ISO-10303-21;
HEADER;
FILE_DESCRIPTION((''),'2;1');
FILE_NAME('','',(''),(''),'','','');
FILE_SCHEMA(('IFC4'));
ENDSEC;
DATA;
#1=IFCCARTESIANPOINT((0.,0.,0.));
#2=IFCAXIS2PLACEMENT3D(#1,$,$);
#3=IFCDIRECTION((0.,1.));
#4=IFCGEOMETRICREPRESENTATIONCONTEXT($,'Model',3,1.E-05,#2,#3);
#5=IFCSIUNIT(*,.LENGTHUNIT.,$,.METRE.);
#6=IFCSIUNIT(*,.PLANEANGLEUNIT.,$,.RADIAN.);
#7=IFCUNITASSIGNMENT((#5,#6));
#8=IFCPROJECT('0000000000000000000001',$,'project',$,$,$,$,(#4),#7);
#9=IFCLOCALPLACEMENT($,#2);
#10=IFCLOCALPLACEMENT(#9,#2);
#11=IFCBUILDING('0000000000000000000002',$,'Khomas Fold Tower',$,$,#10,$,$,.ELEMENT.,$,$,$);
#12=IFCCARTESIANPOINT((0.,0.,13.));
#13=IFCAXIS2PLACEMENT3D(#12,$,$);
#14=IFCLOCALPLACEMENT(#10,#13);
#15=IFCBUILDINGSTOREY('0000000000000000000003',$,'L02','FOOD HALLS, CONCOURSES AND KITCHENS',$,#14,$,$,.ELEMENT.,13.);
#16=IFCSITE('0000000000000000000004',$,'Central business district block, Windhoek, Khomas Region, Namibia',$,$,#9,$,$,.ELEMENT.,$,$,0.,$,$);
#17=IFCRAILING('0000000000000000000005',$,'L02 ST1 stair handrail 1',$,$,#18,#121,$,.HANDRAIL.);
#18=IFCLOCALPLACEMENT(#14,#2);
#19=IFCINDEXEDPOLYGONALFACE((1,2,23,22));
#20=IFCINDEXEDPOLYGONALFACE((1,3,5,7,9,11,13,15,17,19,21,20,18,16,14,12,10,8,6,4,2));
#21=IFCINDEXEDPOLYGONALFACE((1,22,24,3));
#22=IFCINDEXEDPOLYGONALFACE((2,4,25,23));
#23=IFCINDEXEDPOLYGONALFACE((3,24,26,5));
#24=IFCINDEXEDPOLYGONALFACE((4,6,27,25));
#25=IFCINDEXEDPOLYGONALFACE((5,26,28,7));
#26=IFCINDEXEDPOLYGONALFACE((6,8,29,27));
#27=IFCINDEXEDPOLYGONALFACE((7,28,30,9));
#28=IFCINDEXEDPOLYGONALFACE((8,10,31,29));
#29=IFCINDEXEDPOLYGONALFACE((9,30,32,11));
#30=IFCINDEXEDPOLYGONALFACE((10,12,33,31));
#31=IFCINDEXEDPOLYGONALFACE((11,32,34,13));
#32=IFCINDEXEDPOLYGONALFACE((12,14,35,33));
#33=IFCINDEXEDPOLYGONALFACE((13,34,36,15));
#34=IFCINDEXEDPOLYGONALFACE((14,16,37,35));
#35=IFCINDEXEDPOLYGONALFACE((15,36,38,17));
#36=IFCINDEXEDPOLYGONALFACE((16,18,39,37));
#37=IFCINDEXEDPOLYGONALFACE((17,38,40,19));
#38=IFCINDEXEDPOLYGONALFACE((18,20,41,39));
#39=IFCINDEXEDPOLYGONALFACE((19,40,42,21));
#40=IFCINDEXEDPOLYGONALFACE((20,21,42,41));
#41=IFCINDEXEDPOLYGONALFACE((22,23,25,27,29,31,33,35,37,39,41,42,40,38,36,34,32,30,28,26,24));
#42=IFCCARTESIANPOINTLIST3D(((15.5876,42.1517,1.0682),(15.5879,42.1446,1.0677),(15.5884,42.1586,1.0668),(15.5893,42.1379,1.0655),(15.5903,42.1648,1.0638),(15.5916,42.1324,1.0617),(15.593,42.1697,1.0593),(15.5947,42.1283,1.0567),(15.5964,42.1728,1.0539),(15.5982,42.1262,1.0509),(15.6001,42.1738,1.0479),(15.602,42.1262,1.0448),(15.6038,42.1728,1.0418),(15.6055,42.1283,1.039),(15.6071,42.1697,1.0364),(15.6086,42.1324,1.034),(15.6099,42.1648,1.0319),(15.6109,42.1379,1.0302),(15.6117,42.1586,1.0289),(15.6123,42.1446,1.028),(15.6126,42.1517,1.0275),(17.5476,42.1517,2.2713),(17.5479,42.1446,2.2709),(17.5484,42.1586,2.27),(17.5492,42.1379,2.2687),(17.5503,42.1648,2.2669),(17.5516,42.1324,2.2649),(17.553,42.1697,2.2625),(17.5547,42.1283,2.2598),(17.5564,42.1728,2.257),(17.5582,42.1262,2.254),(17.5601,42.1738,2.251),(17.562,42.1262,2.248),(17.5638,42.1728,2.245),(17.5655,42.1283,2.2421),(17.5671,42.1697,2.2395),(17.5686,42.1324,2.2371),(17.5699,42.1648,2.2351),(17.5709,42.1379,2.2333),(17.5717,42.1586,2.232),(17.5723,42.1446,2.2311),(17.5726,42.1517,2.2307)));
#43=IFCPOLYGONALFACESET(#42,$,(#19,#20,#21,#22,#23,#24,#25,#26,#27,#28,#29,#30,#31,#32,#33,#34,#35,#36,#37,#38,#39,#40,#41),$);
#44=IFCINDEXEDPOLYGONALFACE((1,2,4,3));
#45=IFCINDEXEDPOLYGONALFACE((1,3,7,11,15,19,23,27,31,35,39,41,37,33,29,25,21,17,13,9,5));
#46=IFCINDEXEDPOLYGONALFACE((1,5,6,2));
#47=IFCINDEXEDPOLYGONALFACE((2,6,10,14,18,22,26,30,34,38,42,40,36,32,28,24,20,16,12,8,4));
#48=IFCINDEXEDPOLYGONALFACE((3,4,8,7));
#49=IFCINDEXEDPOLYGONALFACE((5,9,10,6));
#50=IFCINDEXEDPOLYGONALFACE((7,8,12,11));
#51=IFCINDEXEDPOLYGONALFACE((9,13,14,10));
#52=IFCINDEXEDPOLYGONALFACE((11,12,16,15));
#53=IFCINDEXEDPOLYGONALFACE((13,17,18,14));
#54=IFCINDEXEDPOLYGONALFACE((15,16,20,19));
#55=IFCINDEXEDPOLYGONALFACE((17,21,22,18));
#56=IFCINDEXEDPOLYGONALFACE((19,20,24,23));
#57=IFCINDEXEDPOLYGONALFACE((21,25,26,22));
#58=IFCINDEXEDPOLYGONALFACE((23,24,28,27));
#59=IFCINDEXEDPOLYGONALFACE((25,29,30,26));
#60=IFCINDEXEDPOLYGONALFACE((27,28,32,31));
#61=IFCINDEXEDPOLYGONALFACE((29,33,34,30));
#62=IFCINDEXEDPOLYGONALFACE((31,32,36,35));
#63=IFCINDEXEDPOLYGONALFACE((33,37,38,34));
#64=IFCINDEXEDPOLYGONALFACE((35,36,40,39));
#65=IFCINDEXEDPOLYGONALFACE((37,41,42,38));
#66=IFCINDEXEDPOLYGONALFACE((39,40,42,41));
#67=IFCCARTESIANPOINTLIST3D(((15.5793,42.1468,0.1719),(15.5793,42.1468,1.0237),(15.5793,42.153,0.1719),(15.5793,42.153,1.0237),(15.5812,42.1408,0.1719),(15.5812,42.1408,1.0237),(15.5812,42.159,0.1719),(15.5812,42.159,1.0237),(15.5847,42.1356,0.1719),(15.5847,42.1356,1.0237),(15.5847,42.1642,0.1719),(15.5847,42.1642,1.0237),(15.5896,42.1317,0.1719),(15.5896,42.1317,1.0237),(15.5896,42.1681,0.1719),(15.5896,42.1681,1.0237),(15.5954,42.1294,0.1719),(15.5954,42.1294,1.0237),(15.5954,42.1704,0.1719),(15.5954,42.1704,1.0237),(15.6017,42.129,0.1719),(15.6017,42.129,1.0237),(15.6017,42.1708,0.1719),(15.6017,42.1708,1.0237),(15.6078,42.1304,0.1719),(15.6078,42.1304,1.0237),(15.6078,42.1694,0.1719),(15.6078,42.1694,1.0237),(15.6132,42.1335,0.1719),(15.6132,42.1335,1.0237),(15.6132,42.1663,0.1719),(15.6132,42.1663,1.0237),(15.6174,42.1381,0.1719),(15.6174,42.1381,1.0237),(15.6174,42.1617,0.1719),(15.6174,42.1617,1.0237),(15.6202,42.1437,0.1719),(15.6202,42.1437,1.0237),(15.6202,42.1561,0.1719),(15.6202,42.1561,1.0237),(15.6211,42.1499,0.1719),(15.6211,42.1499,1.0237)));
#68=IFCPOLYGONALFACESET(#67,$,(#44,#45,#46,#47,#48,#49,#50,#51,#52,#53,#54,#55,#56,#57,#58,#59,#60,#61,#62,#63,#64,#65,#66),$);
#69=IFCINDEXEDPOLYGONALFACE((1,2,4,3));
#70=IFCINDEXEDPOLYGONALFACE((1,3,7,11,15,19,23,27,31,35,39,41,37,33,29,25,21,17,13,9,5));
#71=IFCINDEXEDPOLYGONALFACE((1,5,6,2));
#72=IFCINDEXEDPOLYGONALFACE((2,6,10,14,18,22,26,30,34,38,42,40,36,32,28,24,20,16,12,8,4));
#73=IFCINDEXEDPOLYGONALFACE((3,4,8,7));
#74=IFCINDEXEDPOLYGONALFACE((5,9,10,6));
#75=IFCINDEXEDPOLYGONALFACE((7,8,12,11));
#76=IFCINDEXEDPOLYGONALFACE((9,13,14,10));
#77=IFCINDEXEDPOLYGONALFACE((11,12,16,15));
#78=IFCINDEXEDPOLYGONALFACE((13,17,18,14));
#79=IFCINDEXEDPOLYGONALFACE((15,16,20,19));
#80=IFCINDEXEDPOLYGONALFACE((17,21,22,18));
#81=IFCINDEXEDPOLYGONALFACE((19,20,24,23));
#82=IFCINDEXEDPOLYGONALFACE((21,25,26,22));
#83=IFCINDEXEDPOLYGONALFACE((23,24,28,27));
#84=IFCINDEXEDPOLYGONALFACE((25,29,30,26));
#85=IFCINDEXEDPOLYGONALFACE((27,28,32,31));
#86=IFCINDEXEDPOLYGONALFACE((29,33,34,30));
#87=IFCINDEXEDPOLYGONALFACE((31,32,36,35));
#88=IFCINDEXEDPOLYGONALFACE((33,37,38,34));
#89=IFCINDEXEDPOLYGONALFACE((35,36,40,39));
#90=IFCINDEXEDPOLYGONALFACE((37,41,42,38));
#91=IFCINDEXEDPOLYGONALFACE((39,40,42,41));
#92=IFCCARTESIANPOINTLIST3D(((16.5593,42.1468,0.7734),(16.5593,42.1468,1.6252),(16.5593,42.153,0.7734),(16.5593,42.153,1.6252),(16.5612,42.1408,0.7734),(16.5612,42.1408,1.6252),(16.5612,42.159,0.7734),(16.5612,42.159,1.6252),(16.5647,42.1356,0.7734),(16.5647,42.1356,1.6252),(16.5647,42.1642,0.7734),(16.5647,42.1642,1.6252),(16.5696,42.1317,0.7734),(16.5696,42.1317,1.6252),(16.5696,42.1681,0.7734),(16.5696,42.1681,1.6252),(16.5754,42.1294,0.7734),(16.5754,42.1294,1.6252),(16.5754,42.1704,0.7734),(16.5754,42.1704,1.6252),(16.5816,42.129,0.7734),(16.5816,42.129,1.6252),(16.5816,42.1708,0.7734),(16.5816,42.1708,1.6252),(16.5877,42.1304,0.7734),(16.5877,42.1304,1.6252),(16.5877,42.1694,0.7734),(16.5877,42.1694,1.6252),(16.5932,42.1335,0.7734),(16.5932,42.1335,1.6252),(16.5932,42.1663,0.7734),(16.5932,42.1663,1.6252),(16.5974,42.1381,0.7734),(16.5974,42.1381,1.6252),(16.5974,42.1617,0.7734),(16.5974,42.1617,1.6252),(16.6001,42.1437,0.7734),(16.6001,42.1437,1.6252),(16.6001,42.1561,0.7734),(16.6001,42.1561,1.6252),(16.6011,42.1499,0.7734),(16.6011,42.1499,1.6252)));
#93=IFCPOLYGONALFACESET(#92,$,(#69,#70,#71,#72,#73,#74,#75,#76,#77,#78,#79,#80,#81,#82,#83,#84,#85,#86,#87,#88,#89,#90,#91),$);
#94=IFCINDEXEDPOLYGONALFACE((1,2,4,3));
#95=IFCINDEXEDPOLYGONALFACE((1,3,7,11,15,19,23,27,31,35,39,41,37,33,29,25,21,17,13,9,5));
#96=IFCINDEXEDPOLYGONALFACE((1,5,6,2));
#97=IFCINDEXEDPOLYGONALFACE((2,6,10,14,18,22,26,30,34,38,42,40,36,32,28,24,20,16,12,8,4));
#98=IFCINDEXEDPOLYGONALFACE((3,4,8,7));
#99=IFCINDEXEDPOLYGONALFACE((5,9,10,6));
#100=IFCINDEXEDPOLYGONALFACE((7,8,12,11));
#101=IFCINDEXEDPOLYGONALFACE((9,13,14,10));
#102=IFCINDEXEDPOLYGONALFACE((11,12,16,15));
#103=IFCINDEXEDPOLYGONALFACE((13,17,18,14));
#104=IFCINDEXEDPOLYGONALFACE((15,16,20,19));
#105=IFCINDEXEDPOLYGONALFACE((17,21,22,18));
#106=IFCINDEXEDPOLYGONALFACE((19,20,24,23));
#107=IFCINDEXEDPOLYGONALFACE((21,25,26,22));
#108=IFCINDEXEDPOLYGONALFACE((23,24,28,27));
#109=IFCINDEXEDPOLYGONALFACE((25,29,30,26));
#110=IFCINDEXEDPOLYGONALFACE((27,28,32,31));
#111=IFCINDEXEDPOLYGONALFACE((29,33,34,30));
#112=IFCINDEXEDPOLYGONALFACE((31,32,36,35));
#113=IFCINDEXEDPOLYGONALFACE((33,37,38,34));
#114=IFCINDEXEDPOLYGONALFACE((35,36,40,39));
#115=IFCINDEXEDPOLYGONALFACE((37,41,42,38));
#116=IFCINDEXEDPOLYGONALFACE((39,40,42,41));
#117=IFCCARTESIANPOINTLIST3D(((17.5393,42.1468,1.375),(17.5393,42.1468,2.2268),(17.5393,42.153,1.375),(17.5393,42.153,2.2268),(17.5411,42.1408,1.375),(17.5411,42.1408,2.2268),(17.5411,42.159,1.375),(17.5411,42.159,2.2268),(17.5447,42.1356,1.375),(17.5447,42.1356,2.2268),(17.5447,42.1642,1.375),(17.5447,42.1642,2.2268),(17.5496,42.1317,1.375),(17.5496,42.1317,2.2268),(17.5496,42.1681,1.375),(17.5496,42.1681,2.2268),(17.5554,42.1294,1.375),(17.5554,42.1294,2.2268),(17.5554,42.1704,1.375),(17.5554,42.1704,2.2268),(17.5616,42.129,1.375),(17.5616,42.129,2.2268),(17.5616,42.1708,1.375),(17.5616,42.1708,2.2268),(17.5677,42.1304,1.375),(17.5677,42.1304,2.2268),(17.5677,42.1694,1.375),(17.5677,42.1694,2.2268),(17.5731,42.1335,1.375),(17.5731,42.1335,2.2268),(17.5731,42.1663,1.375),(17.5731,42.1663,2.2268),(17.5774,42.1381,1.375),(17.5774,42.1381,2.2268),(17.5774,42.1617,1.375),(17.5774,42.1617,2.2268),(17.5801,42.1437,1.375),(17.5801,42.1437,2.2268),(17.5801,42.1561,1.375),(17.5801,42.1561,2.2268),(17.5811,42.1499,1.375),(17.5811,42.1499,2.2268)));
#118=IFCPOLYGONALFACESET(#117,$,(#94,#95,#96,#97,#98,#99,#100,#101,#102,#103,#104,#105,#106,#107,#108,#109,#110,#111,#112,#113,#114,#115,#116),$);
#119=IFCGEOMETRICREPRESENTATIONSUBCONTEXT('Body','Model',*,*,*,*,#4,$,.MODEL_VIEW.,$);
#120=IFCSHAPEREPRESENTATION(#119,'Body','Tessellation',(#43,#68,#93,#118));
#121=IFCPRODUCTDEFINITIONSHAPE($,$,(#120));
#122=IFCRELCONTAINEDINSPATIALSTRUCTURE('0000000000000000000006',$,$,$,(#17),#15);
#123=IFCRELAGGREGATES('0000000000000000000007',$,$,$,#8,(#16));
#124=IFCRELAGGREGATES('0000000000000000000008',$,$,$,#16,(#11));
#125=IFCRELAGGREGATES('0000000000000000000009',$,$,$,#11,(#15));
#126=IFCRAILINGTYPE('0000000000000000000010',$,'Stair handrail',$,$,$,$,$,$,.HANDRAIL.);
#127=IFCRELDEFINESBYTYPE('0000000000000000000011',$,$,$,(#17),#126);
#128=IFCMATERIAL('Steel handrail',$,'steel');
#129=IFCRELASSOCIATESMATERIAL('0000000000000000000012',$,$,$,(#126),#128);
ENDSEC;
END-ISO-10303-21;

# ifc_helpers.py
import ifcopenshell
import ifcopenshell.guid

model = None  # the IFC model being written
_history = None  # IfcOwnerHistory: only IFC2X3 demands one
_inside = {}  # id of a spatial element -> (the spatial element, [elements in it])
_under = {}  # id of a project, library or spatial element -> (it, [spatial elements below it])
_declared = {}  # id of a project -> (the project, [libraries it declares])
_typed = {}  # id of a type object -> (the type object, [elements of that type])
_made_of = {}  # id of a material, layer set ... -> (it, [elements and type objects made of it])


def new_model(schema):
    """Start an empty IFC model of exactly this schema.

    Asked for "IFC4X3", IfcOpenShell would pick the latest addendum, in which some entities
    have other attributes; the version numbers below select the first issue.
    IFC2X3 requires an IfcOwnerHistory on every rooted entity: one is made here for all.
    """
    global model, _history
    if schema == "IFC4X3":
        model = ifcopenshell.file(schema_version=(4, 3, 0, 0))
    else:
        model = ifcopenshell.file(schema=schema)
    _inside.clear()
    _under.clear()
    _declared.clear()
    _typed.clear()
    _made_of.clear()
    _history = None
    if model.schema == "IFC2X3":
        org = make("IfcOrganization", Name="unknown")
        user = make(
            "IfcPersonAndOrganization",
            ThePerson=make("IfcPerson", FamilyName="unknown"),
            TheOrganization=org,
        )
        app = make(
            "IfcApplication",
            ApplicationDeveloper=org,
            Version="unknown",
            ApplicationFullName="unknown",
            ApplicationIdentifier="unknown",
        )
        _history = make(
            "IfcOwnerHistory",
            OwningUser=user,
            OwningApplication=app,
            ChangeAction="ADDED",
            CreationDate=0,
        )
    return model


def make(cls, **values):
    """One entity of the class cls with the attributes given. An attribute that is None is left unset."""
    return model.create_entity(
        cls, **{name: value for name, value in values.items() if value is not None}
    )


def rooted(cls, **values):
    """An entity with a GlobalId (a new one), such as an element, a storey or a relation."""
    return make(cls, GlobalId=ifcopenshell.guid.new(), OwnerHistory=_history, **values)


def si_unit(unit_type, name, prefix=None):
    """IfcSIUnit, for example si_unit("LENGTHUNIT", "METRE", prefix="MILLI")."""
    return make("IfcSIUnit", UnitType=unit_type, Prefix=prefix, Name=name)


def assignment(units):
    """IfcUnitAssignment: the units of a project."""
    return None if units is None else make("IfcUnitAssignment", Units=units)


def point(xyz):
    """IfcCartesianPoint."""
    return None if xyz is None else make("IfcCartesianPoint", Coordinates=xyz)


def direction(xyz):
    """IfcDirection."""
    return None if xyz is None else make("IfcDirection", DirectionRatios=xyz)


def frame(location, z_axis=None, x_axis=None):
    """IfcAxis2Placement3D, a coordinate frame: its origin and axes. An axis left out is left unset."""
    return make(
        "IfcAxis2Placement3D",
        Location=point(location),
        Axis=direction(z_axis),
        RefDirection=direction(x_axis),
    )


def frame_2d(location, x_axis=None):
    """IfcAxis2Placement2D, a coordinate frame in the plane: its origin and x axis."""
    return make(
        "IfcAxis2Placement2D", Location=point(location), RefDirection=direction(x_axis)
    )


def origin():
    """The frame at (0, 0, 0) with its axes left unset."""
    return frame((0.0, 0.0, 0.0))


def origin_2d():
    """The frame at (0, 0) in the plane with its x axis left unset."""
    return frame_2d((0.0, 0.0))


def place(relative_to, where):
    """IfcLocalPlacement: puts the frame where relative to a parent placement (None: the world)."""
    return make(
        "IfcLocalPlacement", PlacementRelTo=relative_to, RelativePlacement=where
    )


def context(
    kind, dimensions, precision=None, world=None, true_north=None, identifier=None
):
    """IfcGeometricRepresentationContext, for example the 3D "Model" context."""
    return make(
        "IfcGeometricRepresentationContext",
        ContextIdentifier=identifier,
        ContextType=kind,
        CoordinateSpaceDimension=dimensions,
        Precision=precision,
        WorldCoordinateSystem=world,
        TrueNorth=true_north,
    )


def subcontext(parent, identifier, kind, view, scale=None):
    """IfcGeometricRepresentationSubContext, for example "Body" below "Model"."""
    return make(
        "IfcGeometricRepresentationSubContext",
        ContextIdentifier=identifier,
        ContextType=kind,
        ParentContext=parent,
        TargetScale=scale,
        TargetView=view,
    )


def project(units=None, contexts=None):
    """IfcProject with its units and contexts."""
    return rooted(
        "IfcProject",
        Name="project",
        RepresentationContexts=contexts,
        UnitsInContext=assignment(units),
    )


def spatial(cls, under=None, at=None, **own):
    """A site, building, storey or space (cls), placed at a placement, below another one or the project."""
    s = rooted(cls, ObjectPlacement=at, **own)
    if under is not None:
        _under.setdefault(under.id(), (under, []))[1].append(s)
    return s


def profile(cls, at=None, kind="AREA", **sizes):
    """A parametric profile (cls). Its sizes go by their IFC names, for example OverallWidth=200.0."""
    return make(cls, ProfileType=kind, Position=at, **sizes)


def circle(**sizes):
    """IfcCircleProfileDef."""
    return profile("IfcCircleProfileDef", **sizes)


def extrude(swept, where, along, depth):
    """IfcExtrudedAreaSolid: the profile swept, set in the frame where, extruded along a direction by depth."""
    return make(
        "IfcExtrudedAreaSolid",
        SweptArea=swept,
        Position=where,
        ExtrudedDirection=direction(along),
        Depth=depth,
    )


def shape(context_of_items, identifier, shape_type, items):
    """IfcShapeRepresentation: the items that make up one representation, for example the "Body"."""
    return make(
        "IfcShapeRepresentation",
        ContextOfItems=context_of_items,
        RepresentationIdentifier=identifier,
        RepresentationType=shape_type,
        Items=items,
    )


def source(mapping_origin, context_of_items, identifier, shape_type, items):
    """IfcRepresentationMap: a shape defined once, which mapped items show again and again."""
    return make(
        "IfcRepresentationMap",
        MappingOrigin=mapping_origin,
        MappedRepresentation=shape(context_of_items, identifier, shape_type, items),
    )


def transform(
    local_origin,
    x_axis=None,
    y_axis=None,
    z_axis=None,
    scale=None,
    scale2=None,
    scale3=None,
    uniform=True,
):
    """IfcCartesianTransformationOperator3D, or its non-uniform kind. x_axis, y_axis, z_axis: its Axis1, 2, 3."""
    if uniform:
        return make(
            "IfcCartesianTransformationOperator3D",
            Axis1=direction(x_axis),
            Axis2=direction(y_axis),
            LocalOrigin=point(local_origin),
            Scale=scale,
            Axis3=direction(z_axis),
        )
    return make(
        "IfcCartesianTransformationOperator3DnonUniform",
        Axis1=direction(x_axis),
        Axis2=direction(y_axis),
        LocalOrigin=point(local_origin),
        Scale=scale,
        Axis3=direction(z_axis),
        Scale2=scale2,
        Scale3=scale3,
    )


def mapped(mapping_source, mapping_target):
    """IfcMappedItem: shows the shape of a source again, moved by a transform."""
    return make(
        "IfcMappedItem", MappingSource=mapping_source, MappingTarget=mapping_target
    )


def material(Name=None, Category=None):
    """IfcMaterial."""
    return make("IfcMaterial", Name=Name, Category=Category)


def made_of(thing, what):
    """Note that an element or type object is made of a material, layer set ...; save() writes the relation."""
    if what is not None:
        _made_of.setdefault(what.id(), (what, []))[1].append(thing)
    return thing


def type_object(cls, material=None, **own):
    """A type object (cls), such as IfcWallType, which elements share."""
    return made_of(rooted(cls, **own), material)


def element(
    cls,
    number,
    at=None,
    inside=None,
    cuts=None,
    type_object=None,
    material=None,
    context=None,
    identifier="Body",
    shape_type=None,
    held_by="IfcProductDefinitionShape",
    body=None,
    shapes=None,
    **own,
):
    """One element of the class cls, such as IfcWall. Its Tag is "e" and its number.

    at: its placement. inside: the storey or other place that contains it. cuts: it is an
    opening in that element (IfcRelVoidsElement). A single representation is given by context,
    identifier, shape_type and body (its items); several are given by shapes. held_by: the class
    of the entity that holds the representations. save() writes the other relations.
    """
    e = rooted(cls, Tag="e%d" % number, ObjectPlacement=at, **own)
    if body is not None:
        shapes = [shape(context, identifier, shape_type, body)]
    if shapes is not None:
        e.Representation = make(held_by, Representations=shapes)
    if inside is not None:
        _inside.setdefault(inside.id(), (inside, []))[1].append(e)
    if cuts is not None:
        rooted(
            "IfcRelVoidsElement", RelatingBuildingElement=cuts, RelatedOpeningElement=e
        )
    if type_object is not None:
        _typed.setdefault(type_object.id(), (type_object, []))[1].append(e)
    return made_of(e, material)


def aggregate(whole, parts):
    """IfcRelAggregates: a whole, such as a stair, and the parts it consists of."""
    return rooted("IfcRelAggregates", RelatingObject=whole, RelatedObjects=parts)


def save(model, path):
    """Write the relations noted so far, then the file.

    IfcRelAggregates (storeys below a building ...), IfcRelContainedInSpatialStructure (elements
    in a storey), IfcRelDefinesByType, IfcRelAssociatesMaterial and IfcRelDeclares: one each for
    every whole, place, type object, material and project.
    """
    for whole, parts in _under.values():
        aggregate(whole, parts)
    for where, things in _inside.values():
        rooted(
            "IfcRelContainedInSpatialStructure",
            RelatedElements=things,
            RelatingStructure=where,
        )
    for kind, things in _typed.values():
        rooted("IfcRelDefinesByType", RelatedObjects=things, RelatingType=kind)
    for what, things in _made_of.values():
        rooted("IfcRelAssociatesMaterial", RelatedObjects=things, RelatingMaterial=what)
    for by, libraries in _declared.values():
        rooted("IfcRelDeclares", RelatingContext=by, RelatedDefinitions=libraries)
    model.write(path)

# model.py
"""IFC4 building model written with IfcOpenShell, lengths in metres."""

from ifc_helpers import new_model, si_unit, direction, frame, origin, origin_2d, place, context, subcontext, project, spatial, circle, extrude, source, transform, mapped, material, type_object, element, save


model = new_model("IFC4")

# Units and contexts
model_context = context("Model", 3, precision=1e-05, world=origin(), true_north=direction((0.0, 1.0)))
body_context = subcontext(model_context, "Body", "Model", "MODEL_VIEW")
ifc_project = project(units=[si_unit("LENGTHUNIT", "METRE"), si_unit("PLANEANGLEUNIT", "RADIAN")], contexts=[model_context])

# Site, building, storey
site_placement = place(None, origin())
site = spatial("IfcSite", under=ifc_project, at=site_placement, Name="Central business district block, Windhoek, Khomas Region, Namibia", CompositionType="ELEMENT", RefElevation=0.0)
building_placement = place(site_placement, origin())
building = spatial("IfcBuilding", under=site, at=building_placement, Name="Khomas Fold Tower", CompositionType="ELEMENT")
storey_placement = place(building_placement, frame((0.0, 0.0, 13.0)))
storey = spatial("IfcBuildingStorey", under=building, at=storey_placement, Name="L02", Description="FOOD HALLS, CONCOURSES AND KITCHENS", CompositionType="ELEMENT", Elevation=13.0)

# Railing
ifc_material_1 = material(Name="Steel handrail", Category="steel")
railing_type_1 = type_object("IfcRailingType", Name="Stair handrail", PredefinedType="HANDRAIL", material=ifc_material_1)
shared_shape_1 = source(origin(), body_context, "Body", "SweptSolid", [
    extrude(circle(Radius=0.0239, at=origin_2d()), frame((0.0, 0.0, 0.876), z_axis=(0.852241, 0.0, 0.523149), x_axis=(0.0, 1.0, 0.0)), (0.0, 0.0, 1.0), 2.2998),
    extrude(circle(Radius=0.021, at=origin_2d()), origin(), (0.0, 0.0, 1.0), 0.8518),
    extrude(circle(Radius=0.021, at=origin_2d()), frame((0.98, 0.0, 0.6016)), (0.0, 0.0, 1.0), 0.8518),
    extrude(circle(Radius=0.021, at=origin_2d()), frame((1.96, 0.0, 1.2031)), (0.0, 0.0, 1.0), 0.8518),
])
for number, where, name in (
    (1, (15.6001, 42.1499, 0.1719), "L02 ST1 stair handrail 1"),
):
    element("IfcRailing", number, at=place(storey_placement, frame(where)), inside=storey, type_object=railing_type_1, Name=name, PredefinedType="HANDRAIL", context=body_context, shape_type="MappedRepresentation", body=[
        mapped(shared_shape_1, transform((0.0, 0.0, 0.0))),
    ])

save(model, "model.ifc")
